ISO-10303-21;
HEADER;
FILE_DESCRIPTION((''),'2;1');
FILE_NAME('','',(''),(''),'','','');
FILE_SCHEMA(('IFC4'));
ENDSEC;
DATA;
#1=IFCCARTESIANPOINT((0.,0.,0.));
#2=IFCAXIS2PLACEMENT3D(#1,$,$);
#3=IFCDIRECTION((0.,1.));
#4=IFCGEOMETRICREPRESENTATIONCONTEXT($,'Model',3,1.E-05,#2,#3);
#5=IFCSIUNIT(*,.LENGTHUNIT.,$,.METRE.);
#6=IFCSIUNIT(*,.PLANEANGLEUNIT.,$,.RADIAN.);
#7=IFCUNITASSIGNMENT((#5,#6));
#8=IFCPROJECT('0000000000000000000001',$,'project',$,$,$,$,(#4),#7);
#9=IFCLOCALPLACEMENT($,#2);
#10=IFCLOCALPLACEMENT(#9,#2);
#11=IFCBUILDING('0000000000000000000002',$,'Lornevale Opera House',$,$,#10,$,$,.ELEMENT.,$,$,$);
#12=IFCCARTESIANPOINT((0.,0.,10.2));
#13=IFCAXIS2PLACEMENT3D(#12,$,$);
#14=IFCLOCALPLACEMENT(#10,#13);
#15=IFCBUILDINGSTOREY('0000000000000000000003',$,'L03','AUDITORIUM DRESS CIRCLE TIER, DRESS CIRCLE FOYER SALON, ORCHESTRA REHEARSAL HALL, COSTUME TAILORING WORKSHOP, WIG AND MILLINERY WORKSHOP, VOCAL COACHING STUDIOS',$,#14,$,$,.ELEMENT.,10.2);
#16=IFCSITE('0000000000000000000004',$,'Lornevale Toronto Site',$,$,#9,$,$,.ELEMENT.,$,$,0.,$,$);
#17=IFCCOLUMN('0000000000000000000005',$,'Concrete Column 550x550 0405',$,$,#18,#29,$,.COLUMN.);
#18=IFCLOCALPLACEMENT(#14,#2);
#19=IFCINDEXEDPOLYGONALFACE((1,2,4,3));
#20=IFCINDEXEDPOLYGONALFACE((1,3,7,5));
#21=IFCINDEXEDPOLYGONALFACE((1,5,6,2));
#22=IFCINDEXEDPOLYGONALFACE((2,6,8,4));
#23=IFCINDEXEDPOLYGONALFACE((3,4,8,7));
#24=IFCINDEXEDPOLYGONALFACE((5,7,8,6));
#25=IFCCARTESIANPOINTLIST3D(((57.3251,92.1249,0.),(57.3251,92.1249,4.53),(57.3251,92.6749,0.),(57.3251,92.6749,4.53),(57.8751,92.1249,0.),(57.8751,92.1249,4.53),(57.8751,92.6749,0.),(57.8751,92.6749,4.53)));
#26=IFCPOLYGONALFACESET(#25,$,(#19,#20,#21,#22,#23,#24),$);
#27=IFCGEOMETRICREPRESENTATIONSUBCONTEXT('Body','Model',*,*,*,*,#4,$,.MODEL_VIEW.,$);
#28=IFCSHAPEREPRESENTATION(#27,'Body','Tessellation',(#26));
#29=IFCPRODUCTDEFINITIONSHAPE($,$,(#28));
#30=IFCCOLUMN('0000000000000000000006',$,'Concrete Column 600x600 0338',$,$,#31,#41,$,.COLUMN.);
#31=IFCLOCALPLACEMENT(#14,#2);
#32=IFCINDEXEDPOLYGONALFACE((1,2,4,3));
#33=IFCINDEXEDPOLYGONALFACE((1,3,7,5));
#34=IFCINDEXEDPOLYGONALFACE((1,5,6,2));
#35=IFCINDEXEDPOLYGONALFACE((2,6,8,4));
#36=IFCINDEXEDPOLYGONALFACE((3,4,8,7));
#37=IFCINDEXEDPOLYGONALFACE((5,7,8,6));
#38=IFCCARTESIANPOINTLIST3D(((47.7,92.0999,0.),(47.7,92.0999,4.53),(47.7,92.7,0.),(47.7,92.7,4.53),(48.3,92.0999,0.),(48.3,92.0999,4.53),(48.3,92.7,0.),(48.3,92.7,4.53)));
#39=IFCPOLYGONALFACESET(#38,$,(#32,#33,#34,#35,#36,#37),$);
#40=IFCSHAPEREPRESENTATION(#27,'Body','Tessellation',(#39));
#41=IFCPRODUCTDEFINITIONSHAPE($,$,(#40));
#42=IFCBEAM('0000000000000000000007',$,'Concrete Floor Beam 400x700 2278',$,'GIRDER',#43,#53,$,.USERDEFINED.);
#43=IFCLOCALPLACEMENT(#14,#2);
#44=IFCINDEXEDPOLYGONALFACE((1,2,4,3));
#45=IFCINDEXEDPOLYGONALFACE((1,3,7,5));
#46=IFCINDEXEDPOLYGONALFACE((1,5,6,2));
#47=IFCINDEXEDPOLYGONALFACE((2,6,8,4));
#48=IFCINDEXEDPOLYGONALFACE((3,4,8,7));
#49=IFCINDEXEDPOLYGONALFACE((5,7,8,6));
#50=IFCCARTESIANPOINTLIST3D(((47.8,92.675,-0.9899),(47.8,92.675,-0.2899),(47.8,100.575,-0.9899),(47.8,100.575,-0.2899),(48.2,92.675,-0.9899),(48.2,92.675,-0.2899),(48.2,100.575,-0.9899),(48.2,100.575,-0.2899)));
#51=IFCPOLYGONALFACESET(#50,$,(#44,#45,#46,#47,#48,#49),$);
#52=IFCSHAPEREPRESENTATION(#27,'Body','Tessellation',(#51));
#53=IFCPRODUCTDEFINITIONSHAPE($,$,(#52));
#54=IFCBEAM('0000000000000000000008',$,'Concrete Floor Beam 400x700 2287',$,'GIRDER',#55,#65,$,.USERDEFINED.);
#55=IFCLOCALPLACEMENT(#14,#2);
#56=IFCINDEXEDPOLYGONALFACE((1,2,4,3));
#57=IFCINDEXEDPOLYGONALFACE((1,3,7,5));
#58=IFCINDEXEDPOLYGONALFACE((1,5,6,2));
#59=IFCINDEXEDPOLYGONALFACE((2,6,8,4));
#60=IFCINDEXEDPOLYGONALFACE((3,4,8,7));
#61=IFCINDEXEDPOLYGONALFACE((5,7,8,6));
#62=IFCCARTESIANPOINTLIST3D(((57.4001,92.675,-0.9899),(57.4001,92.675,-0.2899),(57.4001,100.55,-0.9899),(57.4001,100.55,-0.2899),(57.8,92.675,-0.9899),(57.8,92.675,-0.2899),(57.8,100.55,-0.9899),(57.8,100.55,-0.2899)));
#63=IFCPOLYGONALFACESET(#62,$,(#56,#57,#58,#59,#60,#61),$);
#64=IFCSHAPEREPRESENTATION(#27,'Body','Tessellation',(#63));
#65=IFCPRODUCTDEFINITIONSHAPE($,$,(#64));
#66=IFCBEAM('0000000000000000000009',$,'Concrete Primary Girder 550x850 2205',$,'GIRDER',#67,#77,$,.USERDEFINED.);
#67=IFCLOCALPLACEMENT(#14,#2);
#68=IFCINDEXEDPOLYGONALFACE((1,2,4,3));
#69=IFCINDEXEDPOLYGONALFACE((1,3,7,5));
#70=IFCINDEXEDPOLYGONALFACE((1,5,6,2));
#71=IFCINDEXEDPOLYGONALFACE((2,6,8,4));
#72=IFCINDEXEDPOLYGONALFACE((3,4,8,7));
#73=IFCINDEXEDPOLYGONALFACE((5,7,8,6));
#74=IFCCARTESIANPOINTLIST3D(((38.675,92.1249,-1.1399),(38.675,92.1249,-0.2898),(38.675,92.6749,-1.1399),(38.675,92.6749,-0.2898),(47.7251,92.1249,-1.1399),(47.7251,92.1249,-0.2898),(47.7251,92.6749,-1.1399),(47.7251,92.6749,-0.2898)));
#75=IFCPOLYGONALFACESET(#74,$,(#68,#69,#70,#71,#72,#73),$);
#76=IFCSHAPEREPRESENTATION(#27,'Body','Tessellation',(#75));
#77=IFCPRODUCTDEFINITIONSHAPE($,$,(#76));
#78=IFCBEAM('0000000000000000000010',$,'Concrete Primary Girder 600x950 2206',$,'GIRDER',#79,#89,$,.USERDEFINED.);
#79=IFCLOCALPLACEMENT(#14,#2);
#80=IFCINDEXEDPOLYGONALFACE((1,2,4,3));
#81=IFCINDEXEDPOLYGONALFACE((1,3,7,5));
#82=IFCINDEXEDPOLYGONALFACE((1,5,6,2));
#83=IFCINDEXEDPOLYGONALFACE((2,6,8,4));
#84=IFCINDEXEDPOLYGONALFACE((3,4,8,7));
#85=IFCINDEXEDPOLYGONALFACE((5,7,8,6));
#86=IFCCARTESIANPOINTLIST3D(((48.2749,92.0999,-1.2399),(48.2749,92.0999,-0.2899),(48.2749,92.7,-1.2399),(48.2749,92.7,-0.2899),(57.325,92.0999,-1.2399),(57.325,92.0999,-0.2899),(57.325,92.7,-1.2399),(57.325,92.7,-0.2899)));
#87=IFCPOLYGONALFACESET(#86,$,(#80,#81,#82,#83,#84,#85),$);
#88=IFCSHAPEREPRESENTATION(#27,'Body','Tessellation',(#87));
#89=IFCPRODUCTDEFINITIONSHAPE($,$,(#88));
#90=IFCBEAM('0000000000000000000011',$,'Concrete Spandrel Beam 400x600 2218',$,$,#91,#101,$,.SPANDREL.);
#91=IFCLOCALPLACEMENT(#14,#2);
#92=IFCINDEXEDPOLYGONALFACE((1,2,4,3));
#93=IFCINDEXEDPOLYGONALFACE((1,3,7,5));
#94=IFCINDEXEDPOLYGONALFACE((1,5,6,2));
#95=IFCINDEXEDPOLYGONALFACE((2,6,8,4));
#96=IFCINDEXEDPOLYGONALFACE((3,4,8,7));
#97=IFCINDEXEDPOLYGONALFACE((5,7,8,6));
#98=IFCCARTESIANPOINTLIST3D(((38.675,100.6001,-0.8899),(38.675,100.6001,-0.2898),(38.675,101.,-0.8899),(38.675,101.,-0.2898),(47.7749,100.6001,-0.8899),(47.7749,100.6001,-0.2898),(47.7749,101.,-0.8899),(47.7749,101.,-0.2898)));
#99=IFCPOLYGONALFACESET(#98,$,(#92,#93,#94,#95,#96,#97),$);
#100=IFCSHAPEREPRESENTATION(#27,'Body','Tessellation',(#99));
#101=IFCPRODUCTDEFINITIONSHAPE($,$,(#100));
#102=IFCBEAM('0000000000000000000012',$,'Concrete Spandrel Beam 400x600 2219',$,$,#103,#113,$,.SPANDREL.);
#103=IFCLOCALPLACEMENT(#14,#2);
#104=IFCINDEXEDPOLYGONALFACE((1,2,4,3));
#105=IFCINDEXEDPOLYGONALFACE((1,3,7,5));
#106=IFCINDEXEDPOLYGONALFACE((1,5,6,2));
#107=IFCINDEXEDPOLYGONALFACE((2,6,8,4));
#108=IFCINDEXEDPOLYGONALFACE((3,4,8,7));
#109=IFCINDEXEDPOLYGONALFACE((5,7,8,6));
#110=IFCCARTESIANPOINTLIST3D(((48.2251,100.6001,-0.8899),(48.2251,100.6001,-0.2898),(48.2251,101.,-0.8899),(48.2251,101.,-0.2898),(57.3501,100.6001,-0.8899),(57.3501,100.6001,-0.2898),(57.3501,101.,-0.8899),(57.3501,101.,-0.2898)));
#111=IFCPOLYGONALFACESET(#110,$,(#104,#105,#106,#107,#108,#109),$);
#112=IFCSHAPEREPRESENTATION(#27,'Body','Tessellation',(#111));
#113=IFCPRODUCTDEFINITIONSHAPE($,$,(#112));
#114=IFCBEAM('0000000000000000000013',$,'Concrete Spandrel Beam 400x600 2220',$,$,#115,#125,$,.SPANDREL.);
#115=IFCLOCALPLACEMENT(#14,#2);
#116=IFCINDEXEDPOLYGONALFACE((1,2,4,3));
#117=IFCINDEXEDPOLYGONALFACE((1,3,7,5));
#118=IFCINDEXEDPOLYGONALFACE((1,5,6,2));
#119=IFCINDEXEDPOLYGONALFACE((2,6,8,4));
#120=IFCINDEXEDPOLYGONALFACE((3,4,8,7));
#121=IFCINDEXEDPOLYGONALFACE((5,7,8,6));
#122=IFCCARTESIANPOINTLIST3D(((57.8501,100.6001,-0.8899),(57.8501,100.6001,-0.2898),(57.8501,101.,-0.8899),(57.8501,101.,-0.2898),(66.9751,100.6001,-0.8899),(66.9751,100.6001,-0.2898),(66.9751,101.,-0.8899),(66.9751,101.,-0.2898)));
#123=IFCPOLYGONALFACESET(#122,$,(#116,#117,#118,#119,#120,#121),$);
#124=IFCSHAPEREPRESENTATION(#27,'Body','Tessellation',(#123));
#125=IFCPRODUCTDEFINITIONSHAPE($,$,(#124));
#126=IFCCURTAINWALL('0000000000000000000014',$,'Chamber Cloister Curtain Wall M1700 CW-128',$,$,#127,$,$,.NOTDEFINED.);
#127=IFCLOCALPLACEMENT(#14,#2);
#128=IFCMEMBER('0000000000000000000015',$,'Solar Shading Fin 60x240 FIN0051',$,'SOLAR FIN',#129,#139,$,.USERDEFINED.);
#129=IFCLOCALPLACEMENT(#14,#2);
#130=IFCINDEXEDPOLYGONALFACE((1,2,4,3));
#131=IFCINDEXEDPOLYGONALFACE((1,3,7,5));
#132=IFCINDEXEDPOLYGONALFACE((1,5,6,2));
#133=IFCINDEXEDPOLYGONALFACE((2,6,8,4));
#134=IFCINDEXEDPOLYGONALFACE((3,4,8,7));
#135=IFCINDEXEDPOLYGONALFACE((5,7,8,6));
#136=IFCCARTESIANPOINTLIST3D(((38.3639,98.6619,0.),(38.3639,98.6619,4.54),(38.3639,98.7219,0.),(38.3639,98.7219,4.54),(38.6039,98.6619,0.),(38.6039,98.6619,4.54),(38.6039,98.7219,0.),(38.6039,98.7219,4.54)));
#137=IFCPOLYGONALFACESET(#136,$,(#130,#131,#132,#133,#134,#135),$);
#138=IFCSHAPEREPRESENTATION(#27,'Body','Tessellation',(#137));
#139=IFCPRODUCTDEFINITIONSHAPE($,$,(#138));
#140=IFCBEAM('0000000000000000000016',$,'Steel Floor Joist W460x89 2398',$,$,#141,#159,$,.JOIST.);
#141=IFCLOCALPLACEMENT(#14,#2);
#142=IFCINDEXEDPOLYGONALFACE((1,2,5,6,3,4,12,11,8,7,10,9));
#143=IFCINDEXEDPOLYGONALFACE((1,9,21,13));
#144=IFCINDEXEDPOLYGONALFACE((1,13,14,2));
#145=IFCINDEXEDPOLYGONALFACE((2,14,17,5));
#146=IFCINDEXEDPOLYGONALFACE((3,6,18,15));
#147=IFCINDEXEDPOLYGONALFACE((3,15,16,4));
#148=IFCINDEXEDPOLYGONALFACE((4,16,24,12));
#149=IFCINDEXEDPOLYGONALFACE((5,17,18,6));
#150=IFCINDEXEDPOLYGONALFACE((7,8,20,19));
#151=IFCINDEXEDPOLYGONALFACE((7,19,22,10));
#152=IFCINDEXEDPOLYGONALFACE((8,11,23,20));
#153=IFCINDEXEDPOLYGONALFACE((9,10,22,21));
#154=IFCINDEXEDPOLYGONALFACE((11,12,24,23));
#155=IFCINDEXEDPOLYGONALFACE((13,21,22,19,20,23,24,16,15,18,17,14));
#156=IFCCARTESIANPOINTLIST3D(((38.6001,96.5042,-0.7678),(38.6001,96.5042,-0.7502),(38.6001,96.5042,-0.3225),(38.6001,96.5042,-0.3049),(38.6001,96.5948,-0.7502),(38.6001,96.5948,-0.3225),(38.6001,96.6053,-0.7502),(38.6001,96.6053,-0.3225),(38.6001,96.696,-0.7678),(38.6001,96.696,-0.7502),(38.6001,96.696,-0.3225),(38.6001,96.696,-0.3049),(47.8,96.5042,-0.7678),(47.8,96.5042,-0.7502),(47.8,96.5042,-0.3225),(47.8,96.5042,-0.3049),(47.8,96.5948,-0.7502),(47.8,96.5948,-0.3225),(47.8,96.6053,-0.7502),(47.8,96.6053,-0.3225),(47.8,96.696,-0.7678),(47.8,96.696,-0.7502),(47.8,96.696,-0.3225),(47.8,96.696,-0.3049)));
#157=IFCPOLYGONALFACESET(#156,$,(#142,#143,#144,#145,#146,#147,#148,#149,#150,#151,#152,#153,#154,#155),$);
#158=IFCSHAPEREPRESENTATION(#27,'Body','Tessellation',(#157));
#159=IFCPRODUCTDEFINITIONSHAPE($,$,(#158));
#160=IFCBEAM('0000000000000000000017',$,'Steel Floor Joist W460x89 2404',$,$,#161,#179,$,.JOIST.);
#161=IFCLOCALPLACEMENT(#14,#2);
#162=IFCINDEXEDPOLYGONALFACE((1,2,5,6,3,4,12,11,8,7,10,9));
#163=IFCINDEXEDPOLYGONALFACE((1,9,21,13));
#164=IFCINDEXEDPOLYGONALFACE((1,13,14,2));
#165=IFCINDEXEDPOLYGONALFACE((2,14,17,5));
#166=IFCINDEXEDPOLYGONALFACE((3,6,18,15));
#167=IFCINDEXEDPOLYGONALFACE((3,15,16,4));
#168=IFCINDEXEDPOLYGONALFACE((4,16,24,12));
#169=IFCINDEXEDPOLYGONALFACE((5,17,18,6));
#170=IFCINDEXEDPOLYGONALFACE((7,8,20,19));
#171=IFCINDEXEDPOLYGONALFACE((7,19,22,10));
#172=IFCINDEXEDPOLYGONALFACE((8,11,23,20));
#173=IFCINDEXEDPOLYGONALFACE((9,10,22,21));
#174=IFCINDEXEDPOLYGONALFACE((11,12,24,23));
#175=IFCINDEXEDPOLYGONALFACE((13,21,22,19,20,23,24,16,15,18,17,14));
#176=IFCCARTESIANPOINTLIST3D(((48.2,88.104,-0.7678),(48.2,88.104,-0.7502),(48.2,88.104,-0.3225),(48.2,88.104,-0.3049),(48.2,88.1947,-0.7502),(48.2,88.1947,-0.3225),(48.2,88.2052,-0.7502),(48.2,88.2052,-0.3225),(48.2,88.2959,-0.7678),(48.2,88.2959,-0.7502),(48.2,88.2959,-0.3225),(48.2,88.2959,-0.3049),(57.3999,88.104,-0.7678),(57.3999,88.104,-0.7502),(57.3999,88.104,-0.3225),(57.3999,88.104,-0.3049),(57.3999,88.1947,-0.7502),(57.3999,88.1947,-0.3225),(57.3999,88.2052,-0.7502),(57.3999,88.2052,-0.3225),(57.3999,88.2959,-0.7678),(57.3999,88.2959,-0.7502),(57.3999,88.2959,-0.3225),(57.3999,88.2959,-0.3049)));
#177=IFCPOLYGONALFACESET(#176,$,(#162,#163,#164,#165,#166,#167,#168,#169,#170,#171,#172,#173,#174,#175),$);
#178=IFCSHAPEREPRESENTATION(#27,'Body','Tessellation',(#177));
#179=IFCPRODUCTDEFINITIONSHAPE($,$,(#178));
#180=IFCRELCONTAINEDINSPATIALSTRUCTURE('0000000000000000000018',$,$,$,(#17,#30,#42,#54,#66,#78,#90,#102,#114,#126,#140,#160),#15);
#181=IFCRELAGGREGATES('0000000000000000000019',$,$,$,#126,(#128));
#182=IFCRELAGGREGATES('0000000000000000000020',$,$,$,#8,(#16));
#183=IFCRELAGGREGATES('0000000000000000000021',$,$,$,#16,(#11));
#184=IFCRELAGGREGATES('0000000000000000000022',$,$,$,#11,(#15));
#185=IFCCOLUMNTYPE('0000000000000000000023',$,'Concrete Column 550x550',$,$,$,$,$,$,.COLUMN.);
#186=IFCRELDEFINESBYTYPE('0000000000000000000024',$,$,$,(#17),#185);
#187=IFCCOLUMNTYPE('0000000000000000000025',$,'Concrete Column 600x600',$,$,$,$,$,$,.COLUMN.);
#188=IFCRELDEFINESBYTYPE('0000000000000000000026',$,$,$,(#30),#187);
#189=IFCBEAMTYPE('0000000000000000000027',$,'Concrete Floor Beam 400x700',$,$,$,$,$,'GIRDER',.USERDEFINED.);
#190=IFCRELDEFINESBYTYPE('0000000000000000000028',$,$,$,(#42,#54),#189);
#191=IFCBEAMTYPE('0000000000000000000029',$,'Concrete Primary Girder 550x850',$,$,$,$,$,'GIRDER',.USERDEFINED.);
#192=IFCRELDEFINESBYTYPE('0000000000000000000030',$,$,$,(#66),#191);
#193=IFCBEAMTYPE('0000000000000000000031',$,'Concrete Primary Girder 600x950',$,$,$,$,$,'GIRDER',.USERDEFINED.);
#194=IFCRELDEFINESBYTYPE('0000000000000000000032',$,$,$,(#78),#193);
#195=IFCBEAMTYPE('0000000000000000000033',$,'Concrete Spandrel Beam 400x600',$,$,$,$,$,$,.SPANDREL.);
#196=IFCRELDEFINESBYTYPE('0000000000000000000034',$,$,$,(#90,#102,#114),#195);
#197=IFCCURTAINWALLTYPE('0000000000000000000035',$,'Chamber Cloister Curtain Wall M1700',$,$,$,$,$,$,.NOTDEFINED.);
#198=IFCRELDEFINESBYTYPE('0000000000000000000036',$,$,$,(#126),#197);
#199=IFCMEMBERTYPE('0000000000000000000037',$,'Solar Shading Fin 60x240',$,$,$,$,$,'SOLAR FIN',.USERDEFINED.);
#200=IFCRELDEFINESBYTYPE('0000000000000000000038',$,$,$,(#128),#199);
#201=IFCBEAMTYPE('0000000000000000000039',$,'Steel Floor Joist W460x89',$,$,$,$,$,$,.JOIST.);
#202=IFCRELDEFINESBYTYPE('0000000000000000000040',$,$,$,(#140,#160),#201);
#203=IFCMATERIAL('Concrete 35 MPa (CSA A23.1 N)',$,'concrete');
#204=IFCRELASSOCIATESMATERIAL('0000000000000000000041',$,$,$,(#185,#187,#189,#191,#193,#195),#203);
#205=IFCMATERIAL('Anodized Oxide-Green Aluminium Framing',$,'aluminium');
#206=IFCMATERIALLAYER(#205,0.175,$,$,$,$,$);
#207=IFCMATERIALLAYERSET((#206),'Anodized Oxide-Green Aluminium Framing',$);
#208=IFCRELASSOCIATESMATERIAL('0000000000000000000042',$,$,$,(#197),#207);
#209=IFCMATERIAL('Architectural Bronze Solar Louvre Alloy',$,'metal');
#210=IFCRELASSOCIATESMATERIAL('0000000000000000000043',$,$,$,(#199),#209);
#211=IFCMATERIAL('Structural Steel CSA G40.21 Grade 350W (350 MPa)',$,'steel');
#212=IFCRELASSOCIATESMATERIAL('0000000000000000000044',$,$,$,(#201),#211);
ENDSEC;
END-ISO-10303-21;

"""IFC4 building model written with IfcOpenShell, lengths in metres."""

from ifc_helpers import new_model, si_unit, direction, frame, origin, origin_2d, place, context, subcontext, project, spatial, rectangle, i_section, extrude, material, layer, layer_set, material_profile, profile_set, type_object, element, aggregate, save


model = new_model("IFC4")

# Units and contexts
model_context = context("Model", 3, precision=1e-05, world=origin(), true_north=direction((0.0, 1.0)))
body_context = subcontext(model_context, "Body", "Model", "MODEL_VIEW")
ifc_project = project(units=[si_unit("LENGTHUNIT", "METRE"), si_unit("PLANEANGLEUNIT", "RADIAN")], contexts=[model_context])

# Site, building, storey
site_placement = place(None, origin())
site = spatial("IfcSite", under=ifc_project, at=site_placement, Name="Lornevale Toronto Site", CompositionType="ELEMENT", RefElevation=0.0)
building_placement = place(site_placement, origin())
building = spatial("IfcBuilding", under=site, at=building_placement, Name="Lornevale Opera House", CompositionType="ELEMENT")
storey_placement = place(building_placement, frame((0.0, 0.0, 10.2)))
storey = spatial("IfcBuildingStorey", under=building, at=storey_placement, Name="L03", Description="AUDITORIUM DRESS CIRCLE TIER, DRESS CIRCLE FOYER SALON, ORCHESTRA REHEARSAL HALL, COSTUME TAILORING WORKSHOP, WIG AND MILLINERY WORKSHOP, VOCAL COACHING STUDIOS", CompositionType="ELEMENT", Elevation=10.2)

# Columns
ifc_material_1 = material(Name="Concrete 35 MPa (CSA A23.1 N)", Category="concrete")
ifc_material_profile_1 = material_profile(ifc_material_1, rectangle(XDim=0.55, YDim=0.55, at=origin_2d()), Name="RC550x550")
ifc_profile_set_1 = profile_set([ifc_material_profile_1], Name="Concrete 35 MPa (CSA A23.1 N)")
column_type_1 = type_object("IfcColumnType", Name="Concrete Column 550x550", PredefinedType="COLUMN", material=ifc_profile_set_1)
column_1_placement = place(storey_placement, frame((57.6001, 92.3999, 0.0), z_axis=(0.0, 0.0, 1.0), x_axis=(1.0, 0.0, 0.0)))
element("IfcColumn", 1, at=column_1_placement, inside=storey, type_object=column_type_1, Name="Concrete Column 550x550 0405", PredefinedType="COLUMN", context=body_context, shape_type="SweptSolid", body=[
    extrude(rectangle(XDim=0.55, YDim=0.55, at=origin_2d()), origin(), (0.0, 0.0, 1.0), 4.53),
])
ifc_material_profile_2 = material_profile(ifc_material_1, rectangle(XDim=0.6001, YDim=0.6001, at=origin_2d()), Name="RC600x600")
ifc_profile_set_2 = profile_set([ifc_material_profile_2], Name="Concrete 35 MPa (CSA A23.1 N)")
column_type_2 = type_object("IfcColumnType", Name="Concrete Column 600x600", PredefinedType="COLUMN", material=ifc_profile_set_2)
column_2_placement = place(storey_placement, frame((48.0, 92.3999, 0.0), z_axis=(0.0, 0.0, 1.0), x_axis=(1.0, 0.0, 0.0)))
element("IfcColumn", 2, at=column_2_placement, inside=storey, type_object=column_type_2, Name="Concrete Column 600x600 0338", PredefinedType="COLUMN", context=body_context, shape_type="SweptSolid", body=[
    extrude(rectangle(XDim=0.6001, YDim=0.6001, at=origin_2d()), origin(), (0.0, 0.0, 1.0), 4.53),
])

# Beams
ifc_material_profile_3 = material_profile(ifc_material_1, rectangle(XDim=0.3999, YDim=0.7, at=origin_2d()), Name="RC400x700")
ifc_profile_set_3 = profile_set([ifc_material_profile_3], Name="Concrete 35 MPa (CSA A23.1 N)")
beam_type_1 = type_object("IfcBeamType", Name="Concrete Floor Beam 400x700", ElementType="GIRDER", PredefinedType="USERDEFINED", material=ifc_profile_set_3)
beam_1_placement = place(storey_placement, frame((48.0, 92.675, -0.6399), z_axis=(0.0, 1.0, 0.0), x_axis=(-1.0, 0.0, 0.0)))
element("IfcBeam", 3, at=beam_1_placement, inside=storey, type_object=beam_type_1, Name="Concrete Floor Beam 400x700 2278", ObjectType="GIRDER", PredefinedType="USERDEFINED", context=body_context, shape_type="SweptSolid", body=[
    extrude(rectangle(XDim=0.3999, YDim=0.7, at=origin_2d()), origin(), (0.0, 0.0, 1.0), 7.8999),
])
beam_2_placement = place(storey_placement, frame((57.6001, 92.675, -0.6399), z_axis=(0.0, 1.0, 0.0), x_axis=(-1.0, 0.0, 0.0)))
element("IfcBeam", 4, at=beam_2_placement, inside=storey, type_object=beam_type_1, Name="Concrete Floor Beam 400x700 2287", ObjectType="GIRDER", PredefinedType="USERDEFINED", context=body_context, shape_type="SweptSolid", body=[
    extrude(rectangle(XDim=0.3999, YDim=0.7, at=origin_2d()), origin(), (0.0, 0.0, 1.0), 7.875),
])
ifc_material_profile_4 = material_profile(ifc_material_1, rectangle(XDim=0.55, YDim=0.8501, at=origin_2d()), Name="RC550x850")
ifc_profile_set_4 = profile_set([ifc_material_profile_4], Name="Concrete 35 MPa (CSA A23.1 N)")
beam_type_2 = type_object("IfcBeamType", Name="Concrete Primary Girder 550x850", ElementType="GIRDER", PredefinedType="USERDEFINED", material=ifc_profile_set_4)
beam_3_placement = place(storey_placement, frame((38.675, 92.3999, -0.7148), z_axis=(1.0, 0.0, 0.0), x_axis=(0.0, 1.0, 0.0)))
element("IfcBeam", 5, at=beam_3_placement, inside=storey, type_object=beam_type_2, Name="Concrete Primary Girder 550x850 2205", ObjectType="GIRDER", PredefinedType="USERDEFINED", context=body_context, shape_type="SweptSolid", body=[
    extrude(rectangle(XDim=0.55, YDim=0.8501, at=origin_2d()), origin(), (0.0, 0.0, 1.0), 9.05),
])
ifc_material_profile_5 = material_profile(ifc_material_1, rectangle(XDim=0.6001, YDim=0.95, at=origin_2d()), Name="RC600x950")
ifc_profile_set_5 = profile_set([ifc_material_profile_5], Name="Concrete 35 MPa (CSA A23.1 N)")
beam_type_3 = type_object("IfcBeamType", Name="Concrete Primary Girder 600x950", ElementType="GIRDER", PredefinedType="USERDEFINED", material=ifc_profile_set_5)
beam_4_placement = place(storey_placement, frame((48.2749, 92.3999, -0.7649), z_axis=(1.0, 0.0, 0.0), x_axis=(0.0, 1.0, 0.0)))
element("IfcBeam", 6, at=beam_4_placement, inside=storey, type_object=beam_type_3, Name="Concrete Primary Girder 600x950 2206", ObjectType="GIRDER", PredefinedType="USERDEFINED", context=body_context, shape_type="SweptSolid", body=[
    extrude(rectangle(XDim=0.6001, YDim=0.95, at=origin_2d()), origin(), (0.0, 0.0, 1.0), 9.05),
])
ifc_material_profile_6 = material_profile(ifc_material_1, rectangle(XDim=0.3999, YDim=0.6001, at=origin_2d()), Name="RC400x600")
ifc_profile_set_6 = profile_set([ifc_material_profile_6], Name="Concrete 35 MPa (CSA A23.1 N)")
beam_type_4 = type_object("IfcBeamType", Name="Concrete Spandrel Beam 400x600", PredefinedType="SPANDREL", material=ifc_profile_set_6)
beam_5_placement = place(storey_placement, frame((38.675, 100.8, -0.5898), z_axis=(1.0, 0.0, 0.0), x_axis=(0.0, 1.0, 0.0)))
element("IfcBeam", 7, at=beam_5_placement, inside=storey, type_object=beam_type_4, Name="Concrete Spandrel Beam 400x600 2218", PredefinedType="SPANDREL", context=body_context, shape_type="SweptSolid", body=[
    extrude(rectangle(XDim=0.3999, YDim=0.6001, at=origin_2d()), origin(), (0.0, 0.0, 1.0), 9.0999),
])
for number, where, z_axis, x_axis, name in (
    (8, (48.2251, 100.8, -0.5898), (1.0, 0.0, 0.0), (0.0, 1.0, 0.0), "Concrete Spandrel Beam 400x600 2219"),
    (9, (57.8501, 100.8, -0.5898), (1.0, 0.0, 0.0), (0.0, 1.0, 0.0), "Concrete Spandrel Beam 400x600 2220"),
):
    element("IfcBeam", number, at=place(storey_placement, frame(where, z_axis=z_axis, x_axis=x_axis)), inside=storey, type_object=beam_type_4, Name=name, PredefinedType="SPANDREL", context=body_context, shape_type="SweptSolid", body=[
        extrude(rectangle(XDim=0.3999, YDim=0.6001, at=origin_2d()), origin(), (0.0, 0.0, 1.0), 9.125),
    ])

# Curtain wall, member
ifc_material_2 = material(Name="Anodized Oxide-Green Aluminium Framing", Category="aluminium")
ifc_layer_1 = layer(ifc_material_2, 0.175)
ifc_layer_set_1 = layer_set([ifc_layer_1], Name="Anodized Oxide-Green Aluminium Framing")
curtain_wall_type = type_object("IfcCurtainWallType", Name="Chamber Cloister Curtain Wall M1700", PredefinedType="NOTDEFINED", material=ifc_layer_set_1)
curtain_wall_placement = place(storey_placement, origin())
curtain_wall = element("IfcCurtainWall", 10, at=curtain_wall_placement, inside=storey, type_object=curtain_wall_type, Name="Chamber Cloister Curtain Wall M1700 CW-128", PredefinedType="NOTDEFINED")
ifc_material_3 = material(Name="Architectural Bronze Solar Louvre Alloy", Category="metal")
ifc_material_profile_7 = material_profile(ifc_material_3, rectangle(XDim=0.0601, YDim=0.24, at=origin_2d()), Name="FIN60x240")
ifc_profile_set_7 = profile_set([ifc_material_profile_7], Name="Architectural Bronze Solar Louvre Alloy")
member_type = type_object("IfcMemberType", Name="Solar Shading Fin 60x240", ElementType="SOLAR FIN", PredefinedType="USERDEFINED", material=ifc_profile_set_7)
member_placement = place(storey_placement, frame((38.4839, 98.6919, 0.0), z_axis=(0.0, 0.0, 1.0), x_axis=(0.0, -1.0, 0.0)))
member = element("IfcMember", 11, at=member_placement, type_object=member_type, Name="Solar Shading Fin 60x240 FIN0051", ObjectType="SOLAR FIN", PredefinedType="USERDEFINED", context=body_context, shape_type="SweptSolid", body=[
    extrude(rectangle(XDim=0.0601, YDim=0.24, at=origin_2d()), origin(), (0.0, 0.0, 1.0), 4.54),
])
aggregate(curtain_wall, [member])

# Beams
ifc_material_4 = material(Name="Structural Steel CSA G40.21 Grade 350W (350 MPa)", Category="steel")
ifc_material_profile_8 = material_profile(ifc_material_4, i_section(OverallWidth=0.1919, OverallDepth=0.4629, WebThickness=0.0105, FlangeThickness=0.0176, at=origin_2d()), Name="W460x89")
ifc_profile_set_8 = profile_set([ifc_material_profile_8], Name="Structural Steel CSA G40.21 Grade 350W (350 MPa)")
beam_type_5 = type_object("IfcBeamType", Name="Steel Floor Joist W460x89", PredefinedType="JOIST", material=ifc_profile_set_8)
for number, where, z_axis, x_axis, name in (
    (12, (38.6001, 96.6001, -0.5364), (1.0, 0.0, 0.0), (0.0, 1.0, 0.0), "Steel Floor Joist W460x89 2398"),
    (13, (48.2, 88.2, -0.5364), (1.0, 0.0, 0.0), (0.0, 1.0, 0.0), "Steel Floor Joist W460x89 2404"),
):
    element("IfcBeam", number, at=place(storey_placement, frame(where, z_axis=z_axis, x_axis=x_axis)), inside=storey, type_object=beam_type_5, Name=name, PredefinedType="JOIST", context=body_context, shape_type="SweptSolid", body=[
        extrude(i_section(OverallWidth=0.1919, OverallDepth=0.4629, WebThickness=0.0105, FlangeThickness=0.0176, at=origin_2d()), origin(), (0.0, 0.0, 1.0), 9.2),
    ])

save(model, "model.ifc")
